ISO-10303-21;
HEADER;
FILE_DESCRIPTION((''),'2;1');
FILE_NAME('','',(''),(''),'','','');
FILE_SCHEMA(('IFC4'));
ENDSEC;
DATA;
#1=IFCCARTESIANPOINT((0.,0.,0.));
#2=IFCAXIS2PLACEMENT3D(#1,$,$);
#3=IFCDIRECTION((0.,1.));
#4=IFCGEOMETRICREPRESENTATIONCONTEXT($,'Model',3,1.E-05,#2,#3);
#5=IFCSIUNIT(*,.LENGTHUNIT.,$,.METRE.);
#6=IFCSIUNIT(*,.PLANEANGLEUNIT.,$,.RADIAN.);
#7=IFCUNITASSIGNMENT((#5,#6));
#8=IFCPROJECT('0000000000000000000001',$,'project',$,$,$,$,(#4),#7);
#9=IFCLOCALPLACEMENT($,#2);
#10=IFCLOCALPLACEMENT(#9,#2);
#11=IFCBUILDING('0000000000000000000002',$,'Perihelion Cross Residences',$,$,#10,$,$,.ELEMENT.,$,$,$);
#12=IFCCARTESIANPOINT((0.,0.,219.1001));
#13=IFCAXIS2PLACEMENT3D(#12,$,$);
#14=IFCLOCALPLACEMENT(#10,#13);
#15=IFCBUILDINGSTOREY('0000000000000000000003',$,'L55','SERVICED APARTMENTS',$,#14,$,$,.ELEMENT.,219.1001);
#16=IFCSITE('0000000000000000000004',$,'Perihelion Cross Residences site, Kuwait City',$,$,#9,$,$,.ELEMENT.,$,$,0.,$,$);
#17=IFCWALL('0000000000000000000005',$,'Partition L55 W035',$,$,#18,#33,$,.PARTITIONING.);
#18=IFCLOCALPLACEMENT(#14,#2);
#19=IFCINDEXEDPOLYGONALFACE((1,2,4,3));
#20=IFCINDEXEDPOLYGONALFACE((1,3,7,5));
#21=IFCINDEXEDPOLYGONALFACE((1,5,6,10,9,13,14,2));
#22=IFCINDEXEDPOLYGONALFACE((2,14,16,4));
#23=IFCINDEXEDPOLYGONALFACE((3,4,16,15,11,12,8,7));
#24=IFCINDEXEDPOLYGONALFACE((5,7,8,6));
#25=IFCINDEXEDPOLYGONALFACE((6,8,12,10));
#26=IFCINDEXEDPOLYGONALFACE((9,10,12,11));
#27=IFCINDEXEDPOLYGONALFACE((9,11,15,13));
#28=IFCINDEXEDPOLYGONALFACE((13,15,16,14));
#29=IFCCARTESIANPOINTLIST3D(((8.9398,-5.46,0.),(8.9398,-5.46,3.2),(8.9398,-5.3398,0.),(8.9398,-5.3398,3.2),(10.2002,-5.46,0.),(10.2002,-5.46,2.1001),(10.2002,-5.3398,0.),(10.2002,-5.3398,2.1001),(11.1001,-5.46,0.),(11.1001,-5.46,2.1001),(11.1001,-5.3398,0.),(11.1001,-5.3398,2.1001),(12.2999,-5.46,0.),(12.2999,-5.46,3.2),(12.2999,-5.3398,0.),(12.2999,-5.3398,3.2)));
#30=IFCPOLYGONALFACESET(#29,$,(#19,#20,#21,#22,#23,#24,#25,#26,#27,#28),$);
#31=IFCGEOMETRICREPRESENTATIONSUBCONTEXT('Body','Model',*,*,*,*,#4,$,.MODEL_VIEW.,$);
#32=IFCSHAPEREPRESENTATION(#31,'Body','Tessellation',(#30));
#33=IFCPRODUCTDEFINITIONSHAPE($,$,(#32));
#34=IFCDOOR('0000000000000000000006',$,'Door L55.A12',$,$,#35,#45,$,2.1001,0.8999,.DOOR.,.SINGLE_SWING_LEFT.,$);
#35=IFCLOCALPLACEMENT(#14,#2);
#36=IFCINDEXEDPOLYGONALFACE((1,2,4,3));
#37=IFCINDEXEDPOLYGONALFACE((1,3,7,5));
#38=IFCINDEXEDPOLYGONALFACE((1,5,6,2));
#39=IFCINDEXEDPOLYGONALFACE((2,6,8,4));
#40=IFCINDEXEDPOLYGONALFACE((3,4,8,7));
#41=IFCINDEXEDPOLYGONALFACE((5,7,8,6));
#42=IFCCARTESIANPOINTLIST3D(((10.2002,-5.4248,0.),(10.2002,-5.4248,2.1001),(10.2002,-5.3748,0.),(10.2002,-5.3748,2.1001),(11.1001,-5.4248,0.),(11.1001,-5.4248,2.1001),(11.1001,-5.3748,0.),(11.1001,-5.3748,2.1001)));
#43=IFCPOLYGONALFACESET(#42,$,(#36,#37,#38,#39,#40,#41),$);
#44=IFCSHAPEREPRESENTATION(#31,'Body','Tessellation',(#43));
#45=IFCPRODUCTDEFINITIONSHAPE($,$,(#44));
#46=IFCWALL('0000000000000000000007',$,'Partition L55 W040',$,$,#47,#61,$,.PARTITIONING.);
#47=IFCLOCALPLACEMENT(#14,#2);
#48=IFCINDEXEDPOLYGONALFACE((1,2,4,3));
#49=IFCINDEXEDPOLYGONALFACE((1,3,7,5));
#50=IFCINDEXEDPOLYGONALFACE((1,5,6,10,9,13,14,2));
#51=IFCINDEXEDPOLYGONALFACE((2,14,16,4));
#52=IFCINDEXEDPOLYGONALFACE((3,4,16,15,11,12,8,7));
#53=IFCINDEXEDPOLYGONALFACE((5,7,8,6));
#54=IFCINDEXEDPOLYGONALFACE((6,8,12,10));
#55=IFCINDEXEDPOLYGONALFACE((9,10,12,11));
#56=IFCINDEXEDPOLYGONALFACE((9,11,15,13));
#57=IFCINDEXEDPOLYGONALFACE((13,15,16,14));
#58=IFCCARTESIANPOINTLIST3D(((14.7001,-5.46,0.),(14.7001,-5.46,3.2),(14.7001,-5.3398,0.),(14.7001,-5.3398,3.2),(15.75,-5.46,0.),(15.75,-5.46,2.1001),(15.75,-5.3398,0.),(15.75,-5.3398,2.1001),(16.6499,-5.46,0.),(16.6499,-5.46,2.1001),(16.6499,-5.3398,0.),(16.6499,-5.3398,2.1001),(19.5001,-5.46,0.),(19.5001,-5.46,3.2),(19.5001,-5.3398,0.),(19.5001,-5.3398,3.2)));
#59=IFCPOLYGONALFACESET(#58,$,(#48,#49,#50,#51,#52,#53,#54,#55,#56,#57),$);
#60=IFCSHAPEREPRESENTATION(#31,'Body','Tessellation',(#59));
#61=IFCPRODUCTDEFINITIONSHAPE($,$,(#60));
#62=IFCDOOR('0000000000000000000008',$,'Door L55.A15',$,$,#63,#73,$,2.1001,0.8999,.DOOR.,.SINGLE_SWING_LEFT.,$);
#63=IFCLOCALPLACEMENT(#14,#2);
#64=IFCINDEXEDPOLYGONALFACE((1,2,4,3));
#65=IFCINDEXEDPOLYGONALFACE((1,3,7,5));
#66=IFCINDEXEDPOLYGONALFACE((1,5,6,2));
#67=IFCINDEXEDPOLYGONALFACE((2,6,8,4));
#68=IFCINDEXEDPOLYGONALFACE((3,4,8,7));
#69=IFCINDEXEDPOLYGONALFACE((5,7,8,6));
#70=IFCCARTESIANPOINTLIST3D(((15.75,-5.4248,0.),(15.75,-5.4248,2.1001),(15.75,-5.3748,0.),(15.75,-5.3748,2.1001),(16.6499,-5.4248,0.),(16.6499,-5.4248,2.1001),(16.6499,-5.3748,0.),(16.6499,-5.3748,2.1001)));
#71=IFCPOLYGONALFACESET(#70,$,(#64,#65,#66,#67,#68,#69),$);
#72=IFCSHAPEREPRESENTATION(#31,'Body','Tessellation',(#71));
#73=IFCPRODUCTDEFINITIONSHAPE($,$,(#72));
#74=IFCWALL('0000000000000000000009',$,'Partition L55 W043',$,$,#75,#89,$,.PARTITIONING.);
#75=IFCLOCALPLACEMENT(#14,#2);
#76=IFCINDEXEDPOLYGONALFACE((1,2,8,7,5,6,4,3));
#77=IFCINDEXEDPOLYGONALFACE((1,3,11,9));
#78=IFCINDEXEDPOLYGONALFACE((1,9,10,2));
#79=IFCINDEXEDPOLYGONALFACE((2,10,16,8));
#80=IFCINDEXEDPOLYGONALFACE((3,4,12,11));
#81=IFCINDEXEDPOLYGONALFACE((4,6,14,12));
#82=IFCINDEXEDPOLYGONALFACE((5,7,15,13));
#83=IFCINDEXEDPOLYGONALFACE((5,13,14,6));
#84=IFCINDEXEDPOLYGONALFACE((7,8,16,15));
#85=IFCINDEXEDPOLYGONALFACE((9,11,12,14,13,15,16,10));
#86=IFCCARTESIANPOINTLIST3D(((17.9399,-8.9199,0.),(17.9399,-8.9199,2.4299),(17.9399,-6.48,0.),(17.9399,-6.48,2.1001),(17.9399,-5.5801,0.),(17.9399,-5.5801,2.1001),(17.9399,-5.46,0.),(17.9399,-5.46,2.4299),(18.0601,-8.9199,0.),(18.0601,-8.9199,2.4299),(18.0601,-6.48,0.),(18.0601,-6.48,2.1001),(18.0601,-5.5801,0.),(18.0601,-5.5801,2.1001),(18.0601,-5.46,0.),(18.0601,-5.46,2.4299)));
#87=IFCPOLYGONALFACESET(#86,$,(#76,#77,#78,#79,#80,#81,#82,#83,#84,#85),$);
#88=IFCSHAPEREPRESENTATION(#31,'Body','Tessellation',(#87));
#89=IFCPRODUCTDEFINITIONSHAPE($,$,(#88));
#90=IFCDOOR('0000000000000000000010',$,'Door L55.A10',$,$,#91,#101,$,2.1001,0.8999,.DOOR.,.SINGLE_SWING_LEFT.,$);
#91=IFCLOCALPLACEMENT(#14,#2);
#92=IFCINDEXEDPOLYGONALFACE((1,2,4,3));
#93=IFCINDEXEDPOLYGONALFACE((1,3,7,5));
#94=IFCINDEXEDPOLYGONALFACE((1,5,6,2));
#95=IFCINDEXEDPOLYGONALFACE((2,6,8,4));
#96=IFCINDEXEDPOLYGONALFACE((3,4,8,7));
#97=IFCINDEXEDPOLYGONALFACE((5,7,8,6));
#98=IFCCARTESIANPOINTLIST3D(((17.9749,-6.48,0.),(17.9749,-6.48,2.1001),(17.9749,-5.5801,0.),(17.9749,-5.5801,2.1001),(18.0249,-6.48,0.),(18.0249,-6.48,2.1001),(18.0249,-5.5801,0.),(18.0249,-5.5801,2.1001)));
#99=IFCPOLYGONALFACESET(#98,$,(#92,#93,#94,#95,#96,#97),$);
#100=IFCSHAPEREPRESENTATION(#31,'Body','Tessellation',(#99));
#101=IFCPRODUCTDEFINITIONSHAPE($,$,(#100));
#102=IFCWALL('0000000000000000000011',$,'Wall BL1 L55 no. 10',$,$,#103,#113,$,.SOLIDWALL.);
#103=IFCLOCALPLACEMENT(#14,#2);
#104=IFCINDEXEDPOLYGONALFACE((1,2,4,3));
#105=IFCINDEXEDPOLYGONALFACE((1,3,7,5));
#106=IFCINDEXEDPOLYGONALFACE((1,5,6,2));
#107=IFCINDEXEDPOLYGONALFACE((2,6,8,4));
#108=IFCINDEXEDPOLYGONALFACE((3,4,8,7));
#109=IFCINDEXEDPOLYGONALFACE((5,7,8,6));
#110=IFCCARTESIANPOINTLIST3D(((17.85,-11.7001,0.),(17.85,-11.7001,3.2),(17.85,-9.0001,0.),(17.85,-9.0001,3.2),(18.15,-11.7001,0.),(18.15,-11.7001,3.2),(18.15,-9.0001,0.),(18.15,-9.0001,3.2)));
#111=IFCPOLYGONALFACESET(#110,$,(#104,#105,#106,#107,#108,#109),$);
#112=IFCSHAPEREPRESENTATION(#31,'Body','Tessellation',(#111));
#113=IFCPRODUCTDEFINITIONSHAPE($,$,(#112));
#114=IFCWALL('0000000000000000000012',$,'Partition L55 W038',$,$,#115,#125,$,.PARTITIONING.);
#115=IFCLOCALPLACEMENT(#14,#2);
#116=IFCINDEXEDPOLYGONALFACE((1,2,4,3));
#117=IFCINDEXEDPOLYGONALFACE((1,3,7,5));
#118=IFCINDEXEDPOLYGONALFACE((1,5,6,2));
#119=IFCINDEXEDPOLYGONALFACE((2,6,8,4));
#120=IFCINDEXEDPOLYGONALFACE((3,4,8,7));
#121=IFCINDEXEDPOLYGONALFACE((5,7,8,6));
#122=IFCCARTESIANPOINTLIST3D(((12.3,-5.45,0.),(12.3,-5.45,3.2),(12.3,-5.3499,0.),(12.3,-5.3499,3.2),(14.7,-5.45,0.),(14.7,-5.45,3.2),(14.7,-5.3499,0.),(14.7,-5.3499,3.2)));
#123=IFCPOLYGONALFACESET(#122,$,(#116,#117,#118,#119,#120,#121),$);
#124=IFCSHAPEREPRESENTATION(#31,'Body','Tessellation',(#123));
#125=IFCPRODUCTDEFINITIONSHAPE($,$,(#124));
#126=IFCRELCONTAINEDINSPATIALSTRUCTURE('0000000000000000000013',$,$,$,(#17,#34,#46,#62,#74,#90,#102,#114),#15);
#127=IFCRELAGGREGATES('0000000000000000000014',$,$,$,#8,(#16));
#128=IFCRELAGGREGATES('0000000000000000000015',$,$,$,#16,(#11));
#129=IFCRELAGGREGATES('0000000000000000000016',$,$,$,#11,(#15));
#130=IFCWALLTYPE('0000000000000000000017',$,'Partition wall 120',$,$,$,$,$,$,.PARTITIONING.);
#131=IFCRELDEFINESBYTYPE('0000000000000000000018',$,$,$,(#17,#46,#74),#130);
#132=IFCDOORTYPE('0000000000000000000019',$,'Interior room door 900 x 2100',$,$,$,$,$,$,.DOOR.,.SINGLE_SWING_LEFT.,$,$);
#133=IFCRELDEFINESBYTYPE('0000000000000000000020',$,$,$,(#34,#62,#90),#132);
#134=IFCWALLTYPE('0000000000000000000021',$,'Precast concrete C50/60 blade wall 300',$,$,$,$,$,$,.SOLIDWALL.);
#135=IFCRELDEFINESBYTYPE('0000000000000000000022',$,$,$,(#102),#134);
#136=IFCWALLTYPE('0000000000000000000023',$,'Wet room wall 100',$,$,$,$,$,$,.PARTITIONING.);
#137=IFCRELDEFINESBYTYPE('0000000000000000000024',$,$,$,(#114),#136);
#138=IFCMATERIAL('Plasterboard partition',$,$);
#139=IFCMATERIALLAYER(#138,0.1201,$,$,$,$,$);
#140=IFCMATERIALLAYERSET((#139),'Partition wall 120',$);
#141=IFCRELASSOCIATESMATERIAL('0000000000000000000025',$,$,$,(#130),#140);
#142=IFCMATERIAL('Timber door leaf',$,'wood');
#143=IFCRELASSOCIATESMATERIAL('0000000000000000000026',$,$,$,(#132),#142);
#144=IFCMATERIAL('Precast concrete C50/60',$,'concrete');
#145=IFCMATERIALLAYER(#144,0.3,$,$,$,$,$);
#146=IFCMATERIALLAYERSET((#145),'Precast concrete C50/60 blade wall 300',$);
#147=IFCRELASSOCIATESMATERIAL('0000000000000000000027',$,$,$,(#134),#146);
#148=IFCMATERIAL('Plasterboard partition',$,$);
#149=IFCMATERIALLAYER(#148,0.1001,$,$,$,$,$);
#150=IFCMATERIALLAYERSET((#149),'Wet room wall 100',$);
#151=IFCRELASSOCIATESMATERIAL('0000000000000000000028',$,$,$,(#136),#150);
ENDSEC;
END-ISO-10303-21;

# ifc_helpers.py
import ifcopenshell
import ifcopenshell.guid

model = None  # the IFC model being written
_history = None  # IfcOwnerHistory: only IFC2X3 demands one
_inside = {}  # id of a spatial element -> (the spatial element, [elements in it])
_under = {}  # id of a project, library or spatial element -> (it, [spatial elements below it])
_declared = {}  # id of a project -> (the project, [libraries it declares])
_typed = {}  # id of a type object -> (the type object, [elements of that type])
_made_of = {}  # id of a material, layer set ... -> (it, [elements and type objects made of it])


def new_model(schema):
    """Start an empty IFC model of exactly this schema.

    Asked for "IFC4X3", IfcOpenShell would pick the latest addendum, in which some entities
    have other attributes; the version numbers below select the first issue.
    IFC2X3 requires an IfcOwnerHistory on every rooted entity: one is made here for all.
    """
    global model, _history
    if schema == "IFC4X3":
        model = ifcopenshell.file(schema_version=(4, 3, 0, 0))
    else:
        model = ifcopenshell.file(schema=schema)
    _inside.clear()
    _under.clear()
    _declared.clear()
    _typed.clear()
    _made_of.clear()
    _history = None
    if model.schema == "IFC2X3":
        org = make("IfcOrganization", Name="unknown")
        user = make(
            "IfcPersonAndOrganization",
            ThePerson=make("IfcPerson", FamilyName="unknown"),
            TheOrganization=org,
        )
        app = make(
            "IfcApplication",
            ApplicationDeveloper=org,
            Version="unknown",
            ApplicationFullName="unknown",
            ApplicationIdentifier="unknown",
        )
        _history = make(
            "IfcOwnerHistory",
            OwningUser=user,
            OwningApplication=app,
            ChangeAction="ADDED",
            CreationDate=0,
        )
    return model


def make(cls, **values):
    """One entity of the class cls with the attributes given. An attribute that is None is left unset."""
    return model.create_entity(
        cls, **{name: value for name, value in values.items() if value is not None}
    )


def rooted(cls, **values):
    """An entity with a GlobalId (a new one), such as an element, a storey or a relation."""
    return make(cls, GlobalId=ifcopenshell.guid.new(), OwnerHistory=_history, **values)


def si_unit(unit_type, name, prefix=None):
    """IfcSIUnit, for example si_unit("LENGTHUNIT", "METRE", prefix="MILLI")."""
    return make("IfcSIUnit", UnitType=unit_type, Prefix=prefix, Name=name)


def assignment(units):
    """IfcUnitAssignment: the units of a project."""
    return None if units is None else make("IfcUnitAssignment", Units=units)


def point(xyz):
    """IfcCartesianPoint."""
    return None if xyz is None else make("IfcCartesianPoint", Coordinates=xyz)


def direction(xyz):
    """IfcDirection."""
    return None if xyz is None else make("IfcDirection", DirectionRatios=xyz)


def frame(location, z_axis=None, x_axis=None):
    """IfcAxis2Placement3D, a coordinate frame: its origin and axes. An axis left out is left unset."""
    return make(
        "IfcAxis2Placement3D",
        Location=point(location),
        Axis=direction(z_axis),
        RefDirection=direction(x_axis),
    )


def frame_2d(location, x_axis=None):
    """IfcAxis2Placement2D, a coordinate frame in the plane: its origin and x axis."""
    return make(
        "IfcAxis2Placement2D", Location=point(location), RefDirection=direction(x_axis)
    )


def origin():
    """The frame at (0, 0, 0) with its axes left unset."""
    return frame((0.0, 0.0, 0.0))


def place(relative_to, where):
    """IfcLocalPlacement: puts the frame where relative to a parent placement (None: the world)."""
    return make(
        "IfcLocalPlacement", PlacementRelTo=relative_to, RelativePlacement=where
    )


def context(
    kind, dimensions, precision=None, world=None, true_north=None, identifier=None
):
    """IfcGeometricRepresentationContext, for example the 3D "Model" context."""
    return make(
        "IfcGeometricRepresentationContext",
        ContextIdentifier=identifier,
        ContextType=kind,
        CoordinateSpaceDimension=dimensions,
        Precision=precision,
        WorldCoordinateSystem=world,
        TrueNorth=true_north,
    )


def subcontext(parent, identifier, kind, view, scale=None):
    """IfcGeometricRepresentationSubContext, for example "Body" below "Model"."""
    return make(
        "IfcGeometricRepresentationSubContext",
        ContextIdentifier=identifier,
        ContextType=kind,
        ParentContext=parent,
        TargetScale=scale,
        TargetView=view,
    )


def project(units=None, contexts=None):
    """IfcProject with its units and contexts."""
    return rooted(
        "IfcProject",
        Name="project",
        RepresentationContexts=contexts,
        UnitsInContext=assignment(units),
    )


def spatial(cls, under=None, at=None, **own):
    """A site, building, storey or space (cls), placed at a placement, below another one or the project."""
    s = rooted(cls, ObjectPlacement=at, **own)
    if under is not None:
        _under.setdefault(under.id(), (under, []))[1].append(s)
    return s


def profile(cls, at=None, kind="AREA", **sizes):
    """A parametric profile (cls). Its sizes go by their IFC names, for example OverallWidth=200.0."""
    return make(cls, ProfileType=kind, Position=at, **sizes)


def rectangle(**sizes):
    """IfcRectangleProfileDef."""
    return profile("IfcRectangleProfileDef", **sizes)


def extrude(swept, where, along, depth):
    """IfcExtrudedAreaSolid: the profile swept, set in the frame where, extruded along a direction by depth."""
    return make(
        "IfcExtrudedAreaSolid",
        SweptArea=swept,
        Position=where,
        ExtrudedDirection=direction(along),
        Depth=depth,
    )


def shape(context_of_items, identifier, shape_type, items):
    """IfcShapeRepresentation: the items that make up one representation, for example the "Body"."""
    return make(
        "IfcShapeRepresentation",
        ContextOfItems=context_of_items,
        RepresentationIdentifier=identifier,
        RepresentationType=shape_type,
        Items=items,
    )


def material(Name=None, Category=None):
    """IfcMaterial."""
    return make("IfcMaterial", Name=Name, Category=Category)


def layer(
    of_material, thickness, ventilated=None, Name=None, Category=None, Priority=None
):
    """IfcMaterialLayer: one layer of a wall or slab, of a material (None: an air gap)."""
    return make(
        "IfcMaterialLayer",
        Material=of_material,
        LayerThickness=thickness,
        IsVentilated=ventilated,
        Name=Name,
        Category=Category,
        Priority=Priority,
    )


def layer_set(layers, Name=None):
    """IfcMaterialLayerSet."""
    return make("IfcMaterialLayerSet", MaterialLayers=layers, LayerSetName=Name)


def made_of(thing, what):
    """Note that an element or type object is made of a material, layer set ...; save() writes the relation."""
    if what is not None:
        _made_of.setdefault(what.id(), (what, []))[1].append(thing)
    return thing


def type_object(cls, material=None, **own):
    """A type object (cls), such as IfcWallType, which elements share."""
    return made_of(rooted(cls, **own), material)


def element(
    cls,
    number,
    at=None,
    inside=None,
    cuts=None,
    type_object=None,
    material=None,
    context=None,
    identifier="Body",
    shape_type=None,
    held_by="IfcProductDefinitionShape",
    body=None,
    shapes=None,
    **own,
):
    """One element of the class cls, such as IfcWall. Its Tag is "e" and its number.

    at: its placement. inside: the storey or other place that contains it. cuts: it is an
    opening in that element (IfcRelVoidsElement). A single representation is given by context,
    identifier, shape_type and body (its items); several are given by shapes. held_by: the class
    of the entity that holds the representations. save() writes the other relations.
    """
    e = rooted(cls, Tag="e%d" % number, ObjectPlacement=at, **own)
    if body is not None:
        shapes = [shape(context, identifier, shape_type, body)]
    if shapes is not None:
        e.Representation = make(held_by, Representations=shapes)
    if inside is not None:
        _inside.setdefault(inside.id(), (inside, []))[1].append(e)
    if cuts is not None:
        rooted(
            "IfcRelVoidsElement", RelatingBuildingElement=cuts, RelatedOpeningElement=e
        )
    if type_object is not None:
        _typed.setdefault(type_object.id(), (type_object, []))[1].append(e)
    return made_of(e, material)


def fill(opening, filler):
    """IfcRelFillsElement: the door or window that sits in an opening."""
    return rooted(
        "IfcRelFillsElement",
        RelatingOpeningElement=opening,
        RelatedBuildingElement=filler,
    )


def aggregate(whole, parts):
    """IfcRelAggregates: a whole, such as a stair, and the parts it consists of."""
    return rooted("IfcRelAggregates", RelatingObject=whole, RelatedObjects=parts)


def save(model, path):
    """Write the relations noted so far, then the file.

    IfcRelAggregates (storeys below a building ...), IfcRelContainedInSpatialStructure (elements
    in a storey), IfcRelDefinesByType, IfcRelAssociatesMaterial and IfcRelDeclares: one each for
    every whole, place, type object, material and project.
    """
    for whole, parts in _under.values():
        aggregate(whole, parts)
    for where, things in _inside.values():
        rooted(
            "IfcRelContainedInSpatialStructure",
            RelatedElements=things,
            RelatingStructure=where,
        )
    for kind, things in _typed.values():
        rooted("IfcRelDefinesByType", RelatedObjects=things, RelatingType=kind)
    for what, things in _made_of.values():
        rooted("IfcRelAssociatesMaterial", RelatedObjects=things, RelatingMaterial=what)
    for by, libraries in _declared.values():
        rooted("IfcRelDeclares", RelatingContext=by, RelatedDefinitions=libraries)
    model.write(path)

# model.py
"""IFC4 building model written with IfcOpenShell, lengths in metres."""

from ifc_helpers import new_model, si_unit, direction, frame, frame_2d, origin, place, context, subcontext, project, spatial, rectangle, extrude, material, layer, layer_set, type_object, element, fill, save


model = new_model("IFC4")

# Units and contexts
model_context = context("Model", 3, precision=1e-05, world=origin(), true_north=direction((0.0, 1.0)))
body_context = subcontext(model_context, "Body", "Model", "MODEL_VIEW")
ifc_project = project(units=[si_unit("LENGTHUNIT", "METRE"), si_unit("PLANEANGLEUNIT", "RADIAN")], contexts=[model_context])

# Site, building, storey
site_placement = place(None, origin())
site = spatial("IfcSite", under=ifc_project, at=site_placement, Name="Perihelion Cross Residences site, Kuwait City", CompositionType="ELEMENT", RefElevation=0.0)
building_placement = place(site_placement, origin())
building = spatial("IfcBuilding", under=site, at=building_placement, Name="Perihelion Cross Residences", CompositionType="ELEMENT")
storey_placement = place(building_placement, frame((0.0, 0.0, 219.1001)))
storey = spatial("IfcBuildingStorey", under=building, at=storey_placement, Name="L55", Description="SERVICED APARTMENTS", CompositionType="ELEMENT", Elevation=219.1001)

# Walls, openings, doors
ifc_material_1 = material(Name="Plasterboard partition")
ifc_layer_1 = layer(ifc_material_1, 0.1201)
ifc_layer_set_1 = layer_set([ifc_layer_1], Name="Partition wall 120")
wall_type_1 = type_object("IfcWallType", Name="Partition wall 120", PredefinedType="PARTITIONING", material=ifc_layer_set_1)
wall_1_placement = place(storey_placement, frame((12.3, -5.3999, 0.0), z_axis=(0.0, 0.0, 1.0), x_axis=(-1.0, 0.0, 0.0)))
wall_1 = element("IfcWall", 1, at=wall_1_placement, inside=storey, type_object=wall_type_1, Name="Partition L55 W035", PredefinedType="PARTITIONING", context=body_context, shape_type="SweptSolid", body=[
    extrude(rectangle(XDim=3.3601, YDim=0.1201, at=frame_2d((1.6802, 0.0))), origin(), (0.0, 0.0, 1.0), 3.2),
])
opening_1_placement = place(wall_1_placement, frame((1.2, 0.0, 0.0)))
opening_1 = element("IfcOpeningElement", 2, at=opening_1_placement, cuts=wall_1, PredefinedType="OPENING", context=body_context, shape_type="SweptSolid", body=[
    extrude(rectangle(XDim=0.8999, YDim=2.1001, at=frame_2d((0.45, 1.05))), frame((0.0, 0.0701, 0.0), z_axis=(0.0, -1.0, 0.0), x_axis=(1.0, 0.0, 0.0)), (0.0, 0.0, 1.0), 0.1401),
])
ifc_material_2 = material(Name="Timber door leaf", Category="wood")
door_type_1 = type_object("IfcDoorType", Name="Interior room door 900 x 2100", OperationType="SINGLE_SWING_LEFT", PredefinedType="DOOR", material=ifc_material_2)
door_1_placement = place(opening_1_placement, origin())
door_1 = element("IfcDoor", 3, at=door_1_placement, inside=storey, type_object=door_type_1, Name="Door L55.A12", OperationType="SINGLE_SWING_LEFT", OverallHeight=2.1001, OverallWidth=0.8999, PredefinedType="DOOR", context=body_context, shape_type="SweptSolid", body=[
    extrude(rectangle(XDim=0.8999, YDim=2.1001, at=frame_2d((0.45, 1.05))), frame((0.0, 0.0249, 0.0), z_axis=(0.0, -1.0, 0.0), x_axis=(1.0, 0.0, 0.0)), (0.0, 0.0, 1.0), 0.05),
])
fill(opening_1, door_1)
wall_2_placement = place(storey_placement, frame((19.5, -5.3999, 0.0), z_axis=(0.0, 0.0, 1.0), x_axis=(-1.0, 0.0, 0.0)))
wall_2 = element("IfcWall", 4, at=wall_2_placement, inside=storey, type_object=wall_type_1, Name="Partition L55 W040", PredefinedType="PARTITIONING", context=body_context, shape_type="SweptSolid", body=[
    extrude(rectangle(XDim=4.8, YDim=0.1201, at=frame_2d((2.3999, 0.0))), origin(), (0.0, 0.0, 1.0), 3.2),
])
opening_2_placement = place(wall_2_placement, frame((2.8501, 0.0, 0.0)))
opening_2 = element("IfcOpeningElement", 5, at=opening_2_placement, cuts=wall_2, PredefinedType="OPENING", context=body_context, shape_type="SweptSolid", body=[
    extrude(rectangle(XDim=0.8999, YDim=2.1001, at=frame_2d((0.45, 1.05))), frame((0.0, 0.0701, 0.0), z_axis=(0.0, -1.0, 0.0), x_axis=(1.0, 0.0, 0.0)), (0.0, 0.0, 1.0), 0.1401),
])
door_2_placement = place(opening_2_placement, origin())
door_2 = element("IfcDoor", 6, at=door_2_placement, inside=storey, type_object=door_type_1, Name="Door L55.A15", OperationType="SINGLE_SWING_LEFT", OverallHeight=2.1001, OverallWidth=0.8999, PredefinedType="DOOR", context=body_context, shape_type="SweptSolid", body=[
    extrude(rectangle(XDim=0.8999, YDim=2.1001, at=frame_2d((0.45, 1.05))), frame((0.0, 0.0249, 0.0), z_axis=(0.0, -1.0, 0.0), x_axis=(1.0, 0.0, 0.0)), (0.0, 0.0, 1.0), 0.05),
])
fill(opening_2, door_2)
wall_3_placement = place(storey_placement, frame((18.0, -5.46, 0.0), z_axis=(0.0, 0.0, 1.0), x_axis=(0.0, -1.0, 0.0)))
wall_3 = element("IfcWall", 7, at=wall_3_placement, inside=storey, type_object=wall_type_1, Name="Partition L55 W043", PredefinedType="PARTITIONING", context=body_context, shape_type="SweptSolid", body=[
    extrude(rectangle(XDim=3.46, YDim=0.1201, at=frame_2d((1.73, 0.0))), origin(), (0.0, 0.0, 1.0), 2.4299),
])
opening_3_placement = place(wall_3_placement, frame((0.1201, 0.0, 0.0)))
opening_3 = element("IfcOpeningElement", 8, at=opening_3_placement, cuts=wall_3, PredefinedType="OPENING", context=body_context, shape_type="SweptSolid", body=[
    extrude(rectangle(XDim=0.8999, YDim=2.1001, at=frame_2d((0.45, 1.05))), frame((0.0, 0.0701, 0.0), z_axis=(0.0, -1.0, 0.0), x_axis=(1.0, 0.0, 0.0)), (0.0, 0.0, 1.0), 0.1401),
])
door_3_placement = place(opening_3_placement, origin())
door_3 = element("IfcDoor", 9, at=door_3_placement, inside=storey, type_object=door_type_1, Name="Door L55.A10", OperationType="SINGLE_SWING_LEFT", OverallHeight=2.1001, OverallWidth=0.8999, PredefinedType="DOOR", context=body_context, shape_type="SweptSolid", body=[
    extrude(rectangle(XDim=0.8999, YDim=2.1001, at=frame_2d((0.45, 1.05))), frame((0.0, 0.0249, 0.0), z_axis=(0.0, -1.0, 0.0), x_axis=(1.0, 0.0, 0.0)), (0.0, 0.0, 1.0), 0.05),
])
fill(opening_3, door_3)

# Walls
ifc_material_3 = material(Name="Precast concrete C50/60", Category="concrete")
ifc_layer_2 = layer(ifc_material_3, 0.3)
ifc_layer_set_2 = layer_set([ifc_layer_2], Name="Precast concrete C50/60 blade wall 300")
wall_type_2 = type_object("IfcWallType", Name="Precast concrete C50/60 blade wall 300", PredefinedType="SOLIDWALL", material=ifc_layer_set_2)
wall_4_placement = place(storey_placement, frame((18.0, -9.0, 0.0), z_axis=(0.0, 0.0, 1.0), x_axis=(0.0, -1.0, 0.0)))
element("IfcWall", 10, at=wall_4_placement, inside=storey, type_object=wall_type_2, Name="Wall BL1 L55 no. 10", PredefinedType="SOLIDWALL", context=body_context, shape_type="SweptSolid", body=[
    extrude(rectangle(XDim=2.7, YDim=0.3, at=frame_2d((1.3501, 0.0))), origin(), (0.0, 0.0, 1.0), 3.2),
])
ifc_material_4 = material(Name="Plasterboard partition")
ifc_layer_3 = layer(ifc_material_4, 0.1001)
ifc_layer_set_3 = layer_set([ifc_layer_3], Name="Wet room wall 100")
wall_type_3 = type_object("IfcWallType", Name="Wet room wall 100", PredefinedType="PARTITIONING", material=ifc_layer_set_3)
wall_5_placement = place(storey_placement, frame((14.7, -5.3999, 0.0), z_axis=(0.0, 0.0, 1.0), x_axis=(-1.0, 0.0, 0.0)))
element("IfcWall", 11, at=wall_5_placement, inside=storey, type_object=wall_type_3, Name="Partition L55 W038", PredefinedType="PARTITIONING", context=body_context, shape_type="SweptSolid", body=[
    extrude(rectangle(XDim=2.3999, YDim=0.1001, at=frame_2d((1.2, 0.0))), origin(), (0.0, 0.0, 1.0), 3.2),
])

save(model, "model.ifc")
